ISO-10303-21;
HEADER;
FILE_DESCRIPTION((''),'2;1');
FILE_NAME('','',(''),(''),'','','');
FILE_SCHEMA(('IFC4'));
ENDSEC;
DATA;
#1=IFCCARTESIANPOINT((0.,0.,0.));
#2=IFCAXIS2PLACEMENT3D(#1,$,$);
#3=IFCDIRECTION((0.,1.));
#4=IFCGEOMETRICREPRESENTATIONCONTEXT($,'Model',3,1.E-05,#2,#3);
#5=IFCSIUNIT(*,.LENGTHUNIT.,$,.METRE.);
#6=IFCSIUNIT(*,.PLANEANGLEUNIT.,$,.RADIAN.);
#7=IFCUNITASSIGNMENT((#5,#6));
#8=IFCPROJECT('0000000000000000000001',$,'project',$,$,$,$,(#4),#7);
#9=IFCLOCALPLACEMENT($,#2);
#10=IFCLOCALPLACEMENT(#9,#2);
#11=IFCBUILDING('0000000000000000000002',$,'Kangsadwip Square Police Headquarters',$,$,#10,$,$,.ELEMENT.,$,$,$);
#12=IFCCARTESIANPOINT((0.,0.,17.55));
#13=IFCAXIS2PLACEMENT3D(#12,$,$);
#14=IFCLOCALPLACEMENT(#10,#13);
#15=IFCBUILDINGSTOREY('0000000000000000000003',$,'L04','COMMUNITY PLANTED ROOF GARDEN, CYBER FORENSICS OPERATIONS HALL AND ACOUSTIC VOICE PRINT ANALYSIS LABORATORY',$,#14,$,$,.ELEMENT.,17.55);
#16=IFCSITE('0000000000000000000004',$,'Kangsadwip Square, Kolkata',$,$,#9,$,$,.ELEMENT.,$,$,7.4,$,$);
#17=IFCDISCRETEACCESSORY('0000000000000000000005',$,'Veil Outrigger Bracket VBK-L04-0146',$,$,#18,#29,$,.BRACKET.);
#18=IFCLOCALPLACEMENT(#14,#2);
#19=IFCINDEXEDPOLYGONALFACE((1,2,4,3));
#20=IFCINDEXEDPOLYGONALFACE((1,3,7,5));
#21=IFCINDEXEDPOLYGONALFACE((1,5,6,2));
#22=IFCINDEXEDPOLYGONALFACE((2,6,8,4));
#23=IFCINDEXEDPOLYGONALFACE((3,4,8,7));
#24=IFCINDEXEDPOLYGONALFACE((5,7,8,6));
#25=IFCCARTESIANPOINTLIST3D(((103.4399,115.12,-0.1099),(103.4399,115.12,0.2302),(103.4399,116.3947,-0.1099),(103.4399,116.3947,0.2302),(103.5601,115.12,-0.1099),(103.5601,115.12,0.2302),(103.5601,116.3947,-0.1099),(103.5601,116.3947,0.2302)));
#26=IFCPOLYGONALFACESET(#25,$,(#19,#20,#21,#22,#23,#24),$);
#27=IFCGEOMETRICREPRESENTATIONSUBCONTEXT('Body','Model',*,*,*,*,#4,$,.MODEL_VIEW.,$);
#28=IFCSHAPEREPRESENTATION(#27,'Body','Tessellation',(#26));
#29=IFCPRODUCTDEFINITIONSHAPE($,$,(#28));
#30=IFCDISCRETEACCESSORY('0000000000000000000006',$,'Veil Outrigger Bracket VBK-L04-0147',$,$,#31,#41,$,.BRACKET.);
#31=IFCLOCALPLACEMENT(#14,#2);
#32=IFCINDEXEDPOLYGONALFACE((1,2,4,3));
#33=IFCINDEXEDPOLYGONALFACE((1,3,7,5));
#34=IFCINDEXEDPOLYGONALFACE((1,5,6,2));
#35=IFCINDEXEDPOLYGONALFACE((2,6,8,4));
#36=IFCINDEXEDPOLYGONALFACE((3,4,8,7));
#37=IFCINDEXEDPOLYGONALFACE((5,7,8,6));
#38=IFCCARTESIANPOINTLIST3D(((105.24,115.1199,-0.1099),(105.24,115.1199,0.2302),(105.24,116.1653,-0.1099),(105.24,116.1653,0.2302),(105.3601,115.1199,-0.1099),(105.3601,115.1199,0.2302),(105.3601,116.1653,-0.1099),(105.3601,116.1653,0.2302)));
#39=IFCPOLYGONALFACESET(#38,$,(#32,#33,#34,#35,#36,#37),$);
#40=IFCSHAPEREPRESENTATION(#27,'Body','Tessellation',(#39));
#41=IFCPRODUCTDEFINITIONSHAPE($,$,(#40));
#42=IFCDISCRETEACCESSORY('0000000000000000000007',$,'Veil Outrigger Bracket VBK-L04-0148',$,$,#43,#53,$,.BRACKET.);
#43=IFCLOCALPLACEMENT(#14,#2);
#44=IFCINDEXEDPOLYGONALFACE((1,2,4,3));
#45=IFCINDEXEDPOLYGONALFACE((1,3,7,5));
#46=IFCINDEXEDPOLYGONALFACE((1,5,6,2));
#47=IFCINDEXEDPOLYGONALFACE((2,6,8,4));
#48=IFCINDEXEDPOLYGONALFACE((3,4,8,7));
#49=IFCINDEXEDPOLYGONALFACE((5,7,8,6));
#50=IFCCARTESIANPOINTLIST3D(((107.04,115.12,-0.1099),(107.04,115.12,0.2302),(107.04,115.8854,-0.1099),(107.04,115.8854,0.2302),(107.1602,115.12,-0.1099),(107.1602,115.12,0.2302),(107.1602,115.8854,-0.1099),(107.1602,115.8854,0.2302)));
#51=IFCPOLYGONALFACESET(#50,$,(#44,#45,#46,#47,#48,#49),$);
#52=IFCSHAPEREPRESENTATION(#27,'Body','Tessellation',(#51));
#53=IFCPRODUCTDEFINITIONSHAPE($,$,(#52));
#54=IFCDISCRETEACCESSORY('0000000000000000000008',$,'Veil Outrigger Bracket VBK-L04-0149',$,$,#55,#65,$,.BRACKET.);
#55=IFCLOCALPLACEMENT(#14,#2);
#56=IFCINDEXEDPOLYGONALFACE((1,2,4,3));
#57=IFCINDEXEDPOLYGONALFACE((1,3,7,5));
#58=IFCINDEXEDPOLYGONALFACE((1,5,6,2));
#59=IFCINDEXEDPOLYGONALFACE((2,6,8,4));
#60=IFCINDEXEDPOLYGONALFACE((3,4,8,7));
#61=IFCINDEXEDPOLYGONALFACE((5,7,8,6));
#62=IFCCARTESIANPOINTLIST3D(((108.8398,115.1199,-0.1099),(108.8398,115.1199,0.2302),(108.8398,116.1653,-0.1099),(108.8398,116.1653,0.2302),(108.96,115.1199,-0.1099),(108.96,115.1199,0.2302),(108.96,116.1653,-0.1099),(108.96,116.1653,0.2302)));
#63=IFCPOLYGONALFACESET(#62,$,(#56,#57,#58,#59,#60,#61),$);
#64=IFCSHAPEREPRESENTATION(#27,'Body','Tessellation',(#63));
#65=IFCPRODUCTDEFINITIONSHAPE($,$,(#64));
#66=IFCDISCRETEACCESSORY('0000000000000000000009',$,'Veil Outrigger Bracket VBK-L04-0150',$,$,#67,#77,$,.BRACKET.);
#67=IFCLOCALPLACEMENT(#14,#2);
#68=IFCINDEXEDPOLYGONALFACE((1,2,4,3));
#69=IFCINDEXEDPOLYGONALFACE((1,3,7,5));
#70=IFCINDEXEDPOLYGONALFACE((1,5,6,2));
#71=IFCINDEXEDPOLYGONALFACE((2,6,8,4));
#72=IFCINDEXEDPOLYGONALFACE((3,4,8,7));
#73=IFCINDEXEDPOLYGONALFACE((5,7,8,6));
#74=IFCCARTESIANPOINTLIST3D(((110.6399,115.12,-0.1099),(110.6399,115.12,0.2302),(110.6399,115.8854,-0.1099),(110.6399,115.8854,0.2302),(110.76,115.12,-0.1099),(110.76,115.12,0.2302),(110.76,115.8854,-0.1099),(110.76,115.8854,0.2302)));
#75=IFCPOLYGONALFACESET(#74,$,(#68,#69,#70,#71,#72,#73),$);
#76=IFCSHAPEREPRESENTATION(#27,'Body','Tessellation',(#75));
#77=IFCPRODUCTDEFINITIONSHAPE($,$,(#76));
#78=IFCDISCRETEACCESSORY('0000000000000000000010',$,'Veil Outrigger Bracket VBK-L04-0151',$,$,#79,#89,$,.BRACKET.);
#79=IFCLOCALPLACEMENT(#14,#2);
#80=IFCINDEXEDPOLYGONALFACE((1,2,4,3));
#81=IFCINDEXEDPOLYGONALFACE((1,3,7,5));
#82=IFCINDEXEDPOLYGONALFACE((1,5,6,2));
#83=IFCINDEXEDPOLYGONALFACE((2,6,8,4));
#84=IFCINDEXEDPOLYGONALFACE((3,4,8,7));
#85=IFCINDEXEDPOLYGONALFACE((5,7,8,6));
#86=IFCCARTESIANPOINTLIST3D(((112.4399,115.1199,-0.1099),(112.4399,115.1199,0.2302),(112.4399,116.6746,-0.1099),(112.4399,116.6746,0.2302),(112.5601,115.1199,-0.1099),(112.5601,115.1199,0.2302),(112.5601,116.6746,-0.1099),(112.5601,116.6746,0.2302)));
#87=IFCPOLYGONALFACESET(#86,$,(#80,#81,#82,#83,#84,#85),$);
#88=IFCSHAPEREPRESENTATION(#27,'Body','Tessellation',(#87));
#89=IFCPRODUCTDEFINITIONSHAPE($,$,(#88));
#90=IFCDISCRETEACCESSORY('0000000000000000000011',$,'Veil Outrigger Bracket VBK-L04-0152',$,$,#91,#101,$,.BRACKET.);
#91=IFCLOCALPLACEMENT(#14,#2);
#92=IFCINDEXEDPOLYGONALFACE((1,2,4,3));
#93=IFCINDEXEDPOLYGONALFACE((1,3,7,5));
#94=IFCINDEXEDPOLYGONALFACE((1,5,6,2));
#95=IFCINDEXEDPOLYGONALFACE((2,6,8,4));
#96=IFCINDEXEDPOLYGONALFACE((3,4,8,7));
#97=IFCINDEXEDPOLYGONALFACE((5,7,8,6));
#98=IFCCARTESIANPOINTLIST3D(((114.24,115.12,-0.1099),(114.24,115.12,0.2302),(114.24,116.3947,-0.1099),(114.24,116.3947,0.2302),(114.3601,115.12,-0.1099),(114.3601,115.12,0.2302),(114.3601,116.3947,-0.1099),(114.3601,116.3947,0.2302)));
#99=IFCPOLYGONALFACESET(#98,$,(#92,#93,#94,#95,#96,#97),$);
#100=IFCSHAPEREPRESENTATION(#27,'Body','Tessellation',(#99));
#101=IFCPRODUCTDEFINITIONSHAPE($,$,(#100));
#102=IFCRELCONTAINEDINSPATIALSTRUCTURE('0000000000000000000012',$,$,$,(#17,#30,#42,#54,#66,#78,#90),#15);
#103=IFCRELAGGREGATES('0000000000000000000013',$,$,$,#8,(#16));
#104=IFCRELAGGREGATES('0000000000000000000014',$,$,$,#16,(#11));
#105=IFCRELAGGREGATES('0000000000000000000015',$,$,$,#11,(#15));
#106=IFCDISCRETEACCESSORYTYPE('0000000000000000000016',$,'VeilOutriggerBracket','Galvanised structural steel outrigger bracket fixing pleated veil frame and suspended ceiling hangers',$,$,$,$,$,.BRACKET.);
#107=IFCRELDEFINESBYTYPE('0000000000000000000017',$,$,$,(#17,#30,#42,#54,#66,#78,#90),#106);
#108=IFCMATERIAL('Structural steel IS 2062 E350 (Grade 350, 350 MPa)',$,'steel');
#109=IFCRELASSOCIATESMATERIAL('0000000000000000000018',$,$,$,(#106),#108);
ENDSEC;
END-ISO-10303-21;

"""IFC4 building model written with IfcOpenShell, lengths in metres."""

from ifc_helpers import new_model, si_unit, direction, frame, origin, origin_2d, place, context, subcontext, project, spatial, rectangle, extrude, material, type_object, element, save


model = new_model("IFC4")

# Units and contexts
model_context = context("Model", 3, precision=1e-05, world=origin(), true_north=direction((0.0, 1.0)))
body_context = subcontext(model_context, "Body", "Model", "MODEL_VIEW")
ifc_project = project(units=[si_unit("LENGTHUNIT", "METRE"), si_unit("PLANEANGLEUNIT", "RADIAN")], contexts=[model_context])

# Site, building, storey
site_placement = place(None, origin())
site = spatial("IfcSite", under=ifc_project, at=site_placement, Name="Kangsadwip Square, Kolkata", CompositionType="ELEMENT", RefElevation=7.4)
building_placement = place(site_placement, origin())
building = spatial("IfcBuilding", under=site, at=building_placement, Name="Kangsadwip Square Police Headquarters", CompositionType="ELEMENT")
storey_placement = place(building_placement, frame((0.0, 0.0, 17.55)))
storey = spatial("IfcBuildingStorey", under=building, at=storey_placement, Name="L04", Description="COMMUNITY PLANTED ROOF GARDEN, CYBER FORENSICS OPERATIONS HALL AND ACOUSTIC VOICE PRINT ANALYSIS LABORATORY", CompositionType="ELEMENT", Elevation=17.55)

# Discrete accessories
ifc_material_1 = material(Name="Structural steel IS 2062 E350 (Grade 350, 350 MPa)", Category="steel")
discrete_accessory_type = type_object("IfcDiscreteAccessoryType", Name="VeilOutriggerBracket", Description="Galvanised structural steel outrigger bracket fixing pleated veil frame and suspended ceiling hangers", PredefinedType="BRACKET", material=ifc_material_1)
discrete_accessory_1_placement = place(storey_placement, frame((103.5, 115.7573, -0.1099), z_axis=(0.0, 0.0, 1.0), x_axis=(1.0, 0.0, 0.0)))
element("IfcDiscreteAccessory", 1, at=discrete_accessory_1_placement, inside=storey, type_object=discrete_accessory_type, Name="Veil Outrigger Bracket VBK-L04-0146", PredefinedType="BRACKET", context=body_context, shape_type="SweptSolid", body=[
    extrude(rectangle(XDim=0.1201, YDim=1.2747, at=origin_2d()), origin(), (0.0, 0.0, 1.0), 0.3401),
])
discrete_accessory_2_placement = place(storey_placement, frame((105.3, 115.6426, -0.1099), z_axis=(0.0, 0.0, 1.0), x_axis=(1.0, 0.0, 0.0)))
element("IfcDiscreteAccessory", 2, at=discrete_accessory_2_placement, inside=storey, type_object=discrete_accessory_type, Name="Veil Outrigger Bracket VBK-L04-0147", PredefinedType="BRACKET", context=body_context, shape_type="SweptSolid", body=[
    extrude(rectangle(XDim=0.1201, YDim=1.0454, at=origin_2d()), origin(), (0.0, 0.0, 1.0), 0.3401),
])
discrete_accessory_3_placement = place(storey_placement, frame((107.1001, 115.5027, -0.1099), z_axis=(0.0, 0.0, 1.0), x_axis=(1.0, 0.0, 0.0)))
element("IfcDiscreteAccessory", 3, at=discrete_accessory_3_placement, inside=storey, type_object=discrete_accessory_type, Name="Veil Outrigger Bracket VBK-L04-0148", PredefinedType="BRACKET", context=body_context, shape_type="SweptSolid", body=[
    extrude(rectangle(XDim=0.1201, YDim=0.7654, at=origin_2d()), origin(), (0.0, 0.0, 1.0), 0.3401),
])
discrete_accessory_4_placement = place(storey_placement, frame((108.8999, 115.6426, -0.1099), z_axis=(0.0, 0.0, 1.0), x_axis=(1.0, 0.0, 0.0)))
element("IfcDiscreteAccessory", 4, at=discrete_accessory_4_placement, inside=storey, type_object=discrete_accessory_type, Name="Veil Outrigger Bracket VBK-L04-0149", PredefinedType="BRACKET", context=body_context, shape_type="SweptSolid", body=[
    extrude(rectangle(XDim=0.1201, YDim=1.0454, at=origin_2d()), origin(), (0.0, 0.0, 1.0), 0.3401),
])
discrete_accessory_5_placement = place(storey_placement, frame((110.7, 115.5027, -0.1099), z_axis=(0.0, 0.0, 1.0), x_axis=(1.0, 0.0, 0.0)))
element("IfcDiscreteAccessory", 5, at=discrete_accessory_5_placement, inside=storey, type_object=discrete_accessory_type, Name="Veil Outrigger Bracket VBK-L04-0150", PredefinedType="BRACKET", context=body_context, shape_type="SweptSolid", body=[
    extrude(rectangle(XDim=0.1201, YDim=0.7654, at=origin_2d()), origin(), (0.0, 0.0, 1.0), 0.3401),
])
discrete_accessory_6_placement = place(storey_placement, frame((112.5, 115.8972, -0.1099), z_axis=(0.0, 0.0, 1.0), x_axis=(1.0, 0.0, 0.0)))
element("IfcDiscreteAccessory", 6, at=discrete_accessory_6_placement, inside=storey, type_object=discrete_accessory_type, Name="Veil Outrigger Bracket VBK-L04-0151", PredefinedType="BRACKET", context=body_context, shape_type="SweptSolid", body=[
    extrude(rectangle(XDim=0.1201, YDim=1.5547, at=origin_2d()), origin(), (0.0, 0.0, 1.0), 0.3401),
])
discrete_accessory_7_placement = place(storey_placement, frame((114.3, 115.7573, -0.1099), z_axis=(0.0, 0.0, 1.0), x_axis=(1.0, 0.0, 0.0)))
element("IfcDiscreteAccessory", 7, at=discrete_accessory_7_placement, inside=storey, type_object=discrete_accessory_type, Name="Veil Outrigger Bracket VBK-L04-0152", PredefinedType="BRACKET", context=body_context, shape_type="SweptSolid", body=[
    extrude(rectangle(XDim=0.1201, YDim=1.2747, at=origin_2d()), origin(), (0.0, 0.0, 1.0), 0.3401),
])

save(model, "model.ifc")
